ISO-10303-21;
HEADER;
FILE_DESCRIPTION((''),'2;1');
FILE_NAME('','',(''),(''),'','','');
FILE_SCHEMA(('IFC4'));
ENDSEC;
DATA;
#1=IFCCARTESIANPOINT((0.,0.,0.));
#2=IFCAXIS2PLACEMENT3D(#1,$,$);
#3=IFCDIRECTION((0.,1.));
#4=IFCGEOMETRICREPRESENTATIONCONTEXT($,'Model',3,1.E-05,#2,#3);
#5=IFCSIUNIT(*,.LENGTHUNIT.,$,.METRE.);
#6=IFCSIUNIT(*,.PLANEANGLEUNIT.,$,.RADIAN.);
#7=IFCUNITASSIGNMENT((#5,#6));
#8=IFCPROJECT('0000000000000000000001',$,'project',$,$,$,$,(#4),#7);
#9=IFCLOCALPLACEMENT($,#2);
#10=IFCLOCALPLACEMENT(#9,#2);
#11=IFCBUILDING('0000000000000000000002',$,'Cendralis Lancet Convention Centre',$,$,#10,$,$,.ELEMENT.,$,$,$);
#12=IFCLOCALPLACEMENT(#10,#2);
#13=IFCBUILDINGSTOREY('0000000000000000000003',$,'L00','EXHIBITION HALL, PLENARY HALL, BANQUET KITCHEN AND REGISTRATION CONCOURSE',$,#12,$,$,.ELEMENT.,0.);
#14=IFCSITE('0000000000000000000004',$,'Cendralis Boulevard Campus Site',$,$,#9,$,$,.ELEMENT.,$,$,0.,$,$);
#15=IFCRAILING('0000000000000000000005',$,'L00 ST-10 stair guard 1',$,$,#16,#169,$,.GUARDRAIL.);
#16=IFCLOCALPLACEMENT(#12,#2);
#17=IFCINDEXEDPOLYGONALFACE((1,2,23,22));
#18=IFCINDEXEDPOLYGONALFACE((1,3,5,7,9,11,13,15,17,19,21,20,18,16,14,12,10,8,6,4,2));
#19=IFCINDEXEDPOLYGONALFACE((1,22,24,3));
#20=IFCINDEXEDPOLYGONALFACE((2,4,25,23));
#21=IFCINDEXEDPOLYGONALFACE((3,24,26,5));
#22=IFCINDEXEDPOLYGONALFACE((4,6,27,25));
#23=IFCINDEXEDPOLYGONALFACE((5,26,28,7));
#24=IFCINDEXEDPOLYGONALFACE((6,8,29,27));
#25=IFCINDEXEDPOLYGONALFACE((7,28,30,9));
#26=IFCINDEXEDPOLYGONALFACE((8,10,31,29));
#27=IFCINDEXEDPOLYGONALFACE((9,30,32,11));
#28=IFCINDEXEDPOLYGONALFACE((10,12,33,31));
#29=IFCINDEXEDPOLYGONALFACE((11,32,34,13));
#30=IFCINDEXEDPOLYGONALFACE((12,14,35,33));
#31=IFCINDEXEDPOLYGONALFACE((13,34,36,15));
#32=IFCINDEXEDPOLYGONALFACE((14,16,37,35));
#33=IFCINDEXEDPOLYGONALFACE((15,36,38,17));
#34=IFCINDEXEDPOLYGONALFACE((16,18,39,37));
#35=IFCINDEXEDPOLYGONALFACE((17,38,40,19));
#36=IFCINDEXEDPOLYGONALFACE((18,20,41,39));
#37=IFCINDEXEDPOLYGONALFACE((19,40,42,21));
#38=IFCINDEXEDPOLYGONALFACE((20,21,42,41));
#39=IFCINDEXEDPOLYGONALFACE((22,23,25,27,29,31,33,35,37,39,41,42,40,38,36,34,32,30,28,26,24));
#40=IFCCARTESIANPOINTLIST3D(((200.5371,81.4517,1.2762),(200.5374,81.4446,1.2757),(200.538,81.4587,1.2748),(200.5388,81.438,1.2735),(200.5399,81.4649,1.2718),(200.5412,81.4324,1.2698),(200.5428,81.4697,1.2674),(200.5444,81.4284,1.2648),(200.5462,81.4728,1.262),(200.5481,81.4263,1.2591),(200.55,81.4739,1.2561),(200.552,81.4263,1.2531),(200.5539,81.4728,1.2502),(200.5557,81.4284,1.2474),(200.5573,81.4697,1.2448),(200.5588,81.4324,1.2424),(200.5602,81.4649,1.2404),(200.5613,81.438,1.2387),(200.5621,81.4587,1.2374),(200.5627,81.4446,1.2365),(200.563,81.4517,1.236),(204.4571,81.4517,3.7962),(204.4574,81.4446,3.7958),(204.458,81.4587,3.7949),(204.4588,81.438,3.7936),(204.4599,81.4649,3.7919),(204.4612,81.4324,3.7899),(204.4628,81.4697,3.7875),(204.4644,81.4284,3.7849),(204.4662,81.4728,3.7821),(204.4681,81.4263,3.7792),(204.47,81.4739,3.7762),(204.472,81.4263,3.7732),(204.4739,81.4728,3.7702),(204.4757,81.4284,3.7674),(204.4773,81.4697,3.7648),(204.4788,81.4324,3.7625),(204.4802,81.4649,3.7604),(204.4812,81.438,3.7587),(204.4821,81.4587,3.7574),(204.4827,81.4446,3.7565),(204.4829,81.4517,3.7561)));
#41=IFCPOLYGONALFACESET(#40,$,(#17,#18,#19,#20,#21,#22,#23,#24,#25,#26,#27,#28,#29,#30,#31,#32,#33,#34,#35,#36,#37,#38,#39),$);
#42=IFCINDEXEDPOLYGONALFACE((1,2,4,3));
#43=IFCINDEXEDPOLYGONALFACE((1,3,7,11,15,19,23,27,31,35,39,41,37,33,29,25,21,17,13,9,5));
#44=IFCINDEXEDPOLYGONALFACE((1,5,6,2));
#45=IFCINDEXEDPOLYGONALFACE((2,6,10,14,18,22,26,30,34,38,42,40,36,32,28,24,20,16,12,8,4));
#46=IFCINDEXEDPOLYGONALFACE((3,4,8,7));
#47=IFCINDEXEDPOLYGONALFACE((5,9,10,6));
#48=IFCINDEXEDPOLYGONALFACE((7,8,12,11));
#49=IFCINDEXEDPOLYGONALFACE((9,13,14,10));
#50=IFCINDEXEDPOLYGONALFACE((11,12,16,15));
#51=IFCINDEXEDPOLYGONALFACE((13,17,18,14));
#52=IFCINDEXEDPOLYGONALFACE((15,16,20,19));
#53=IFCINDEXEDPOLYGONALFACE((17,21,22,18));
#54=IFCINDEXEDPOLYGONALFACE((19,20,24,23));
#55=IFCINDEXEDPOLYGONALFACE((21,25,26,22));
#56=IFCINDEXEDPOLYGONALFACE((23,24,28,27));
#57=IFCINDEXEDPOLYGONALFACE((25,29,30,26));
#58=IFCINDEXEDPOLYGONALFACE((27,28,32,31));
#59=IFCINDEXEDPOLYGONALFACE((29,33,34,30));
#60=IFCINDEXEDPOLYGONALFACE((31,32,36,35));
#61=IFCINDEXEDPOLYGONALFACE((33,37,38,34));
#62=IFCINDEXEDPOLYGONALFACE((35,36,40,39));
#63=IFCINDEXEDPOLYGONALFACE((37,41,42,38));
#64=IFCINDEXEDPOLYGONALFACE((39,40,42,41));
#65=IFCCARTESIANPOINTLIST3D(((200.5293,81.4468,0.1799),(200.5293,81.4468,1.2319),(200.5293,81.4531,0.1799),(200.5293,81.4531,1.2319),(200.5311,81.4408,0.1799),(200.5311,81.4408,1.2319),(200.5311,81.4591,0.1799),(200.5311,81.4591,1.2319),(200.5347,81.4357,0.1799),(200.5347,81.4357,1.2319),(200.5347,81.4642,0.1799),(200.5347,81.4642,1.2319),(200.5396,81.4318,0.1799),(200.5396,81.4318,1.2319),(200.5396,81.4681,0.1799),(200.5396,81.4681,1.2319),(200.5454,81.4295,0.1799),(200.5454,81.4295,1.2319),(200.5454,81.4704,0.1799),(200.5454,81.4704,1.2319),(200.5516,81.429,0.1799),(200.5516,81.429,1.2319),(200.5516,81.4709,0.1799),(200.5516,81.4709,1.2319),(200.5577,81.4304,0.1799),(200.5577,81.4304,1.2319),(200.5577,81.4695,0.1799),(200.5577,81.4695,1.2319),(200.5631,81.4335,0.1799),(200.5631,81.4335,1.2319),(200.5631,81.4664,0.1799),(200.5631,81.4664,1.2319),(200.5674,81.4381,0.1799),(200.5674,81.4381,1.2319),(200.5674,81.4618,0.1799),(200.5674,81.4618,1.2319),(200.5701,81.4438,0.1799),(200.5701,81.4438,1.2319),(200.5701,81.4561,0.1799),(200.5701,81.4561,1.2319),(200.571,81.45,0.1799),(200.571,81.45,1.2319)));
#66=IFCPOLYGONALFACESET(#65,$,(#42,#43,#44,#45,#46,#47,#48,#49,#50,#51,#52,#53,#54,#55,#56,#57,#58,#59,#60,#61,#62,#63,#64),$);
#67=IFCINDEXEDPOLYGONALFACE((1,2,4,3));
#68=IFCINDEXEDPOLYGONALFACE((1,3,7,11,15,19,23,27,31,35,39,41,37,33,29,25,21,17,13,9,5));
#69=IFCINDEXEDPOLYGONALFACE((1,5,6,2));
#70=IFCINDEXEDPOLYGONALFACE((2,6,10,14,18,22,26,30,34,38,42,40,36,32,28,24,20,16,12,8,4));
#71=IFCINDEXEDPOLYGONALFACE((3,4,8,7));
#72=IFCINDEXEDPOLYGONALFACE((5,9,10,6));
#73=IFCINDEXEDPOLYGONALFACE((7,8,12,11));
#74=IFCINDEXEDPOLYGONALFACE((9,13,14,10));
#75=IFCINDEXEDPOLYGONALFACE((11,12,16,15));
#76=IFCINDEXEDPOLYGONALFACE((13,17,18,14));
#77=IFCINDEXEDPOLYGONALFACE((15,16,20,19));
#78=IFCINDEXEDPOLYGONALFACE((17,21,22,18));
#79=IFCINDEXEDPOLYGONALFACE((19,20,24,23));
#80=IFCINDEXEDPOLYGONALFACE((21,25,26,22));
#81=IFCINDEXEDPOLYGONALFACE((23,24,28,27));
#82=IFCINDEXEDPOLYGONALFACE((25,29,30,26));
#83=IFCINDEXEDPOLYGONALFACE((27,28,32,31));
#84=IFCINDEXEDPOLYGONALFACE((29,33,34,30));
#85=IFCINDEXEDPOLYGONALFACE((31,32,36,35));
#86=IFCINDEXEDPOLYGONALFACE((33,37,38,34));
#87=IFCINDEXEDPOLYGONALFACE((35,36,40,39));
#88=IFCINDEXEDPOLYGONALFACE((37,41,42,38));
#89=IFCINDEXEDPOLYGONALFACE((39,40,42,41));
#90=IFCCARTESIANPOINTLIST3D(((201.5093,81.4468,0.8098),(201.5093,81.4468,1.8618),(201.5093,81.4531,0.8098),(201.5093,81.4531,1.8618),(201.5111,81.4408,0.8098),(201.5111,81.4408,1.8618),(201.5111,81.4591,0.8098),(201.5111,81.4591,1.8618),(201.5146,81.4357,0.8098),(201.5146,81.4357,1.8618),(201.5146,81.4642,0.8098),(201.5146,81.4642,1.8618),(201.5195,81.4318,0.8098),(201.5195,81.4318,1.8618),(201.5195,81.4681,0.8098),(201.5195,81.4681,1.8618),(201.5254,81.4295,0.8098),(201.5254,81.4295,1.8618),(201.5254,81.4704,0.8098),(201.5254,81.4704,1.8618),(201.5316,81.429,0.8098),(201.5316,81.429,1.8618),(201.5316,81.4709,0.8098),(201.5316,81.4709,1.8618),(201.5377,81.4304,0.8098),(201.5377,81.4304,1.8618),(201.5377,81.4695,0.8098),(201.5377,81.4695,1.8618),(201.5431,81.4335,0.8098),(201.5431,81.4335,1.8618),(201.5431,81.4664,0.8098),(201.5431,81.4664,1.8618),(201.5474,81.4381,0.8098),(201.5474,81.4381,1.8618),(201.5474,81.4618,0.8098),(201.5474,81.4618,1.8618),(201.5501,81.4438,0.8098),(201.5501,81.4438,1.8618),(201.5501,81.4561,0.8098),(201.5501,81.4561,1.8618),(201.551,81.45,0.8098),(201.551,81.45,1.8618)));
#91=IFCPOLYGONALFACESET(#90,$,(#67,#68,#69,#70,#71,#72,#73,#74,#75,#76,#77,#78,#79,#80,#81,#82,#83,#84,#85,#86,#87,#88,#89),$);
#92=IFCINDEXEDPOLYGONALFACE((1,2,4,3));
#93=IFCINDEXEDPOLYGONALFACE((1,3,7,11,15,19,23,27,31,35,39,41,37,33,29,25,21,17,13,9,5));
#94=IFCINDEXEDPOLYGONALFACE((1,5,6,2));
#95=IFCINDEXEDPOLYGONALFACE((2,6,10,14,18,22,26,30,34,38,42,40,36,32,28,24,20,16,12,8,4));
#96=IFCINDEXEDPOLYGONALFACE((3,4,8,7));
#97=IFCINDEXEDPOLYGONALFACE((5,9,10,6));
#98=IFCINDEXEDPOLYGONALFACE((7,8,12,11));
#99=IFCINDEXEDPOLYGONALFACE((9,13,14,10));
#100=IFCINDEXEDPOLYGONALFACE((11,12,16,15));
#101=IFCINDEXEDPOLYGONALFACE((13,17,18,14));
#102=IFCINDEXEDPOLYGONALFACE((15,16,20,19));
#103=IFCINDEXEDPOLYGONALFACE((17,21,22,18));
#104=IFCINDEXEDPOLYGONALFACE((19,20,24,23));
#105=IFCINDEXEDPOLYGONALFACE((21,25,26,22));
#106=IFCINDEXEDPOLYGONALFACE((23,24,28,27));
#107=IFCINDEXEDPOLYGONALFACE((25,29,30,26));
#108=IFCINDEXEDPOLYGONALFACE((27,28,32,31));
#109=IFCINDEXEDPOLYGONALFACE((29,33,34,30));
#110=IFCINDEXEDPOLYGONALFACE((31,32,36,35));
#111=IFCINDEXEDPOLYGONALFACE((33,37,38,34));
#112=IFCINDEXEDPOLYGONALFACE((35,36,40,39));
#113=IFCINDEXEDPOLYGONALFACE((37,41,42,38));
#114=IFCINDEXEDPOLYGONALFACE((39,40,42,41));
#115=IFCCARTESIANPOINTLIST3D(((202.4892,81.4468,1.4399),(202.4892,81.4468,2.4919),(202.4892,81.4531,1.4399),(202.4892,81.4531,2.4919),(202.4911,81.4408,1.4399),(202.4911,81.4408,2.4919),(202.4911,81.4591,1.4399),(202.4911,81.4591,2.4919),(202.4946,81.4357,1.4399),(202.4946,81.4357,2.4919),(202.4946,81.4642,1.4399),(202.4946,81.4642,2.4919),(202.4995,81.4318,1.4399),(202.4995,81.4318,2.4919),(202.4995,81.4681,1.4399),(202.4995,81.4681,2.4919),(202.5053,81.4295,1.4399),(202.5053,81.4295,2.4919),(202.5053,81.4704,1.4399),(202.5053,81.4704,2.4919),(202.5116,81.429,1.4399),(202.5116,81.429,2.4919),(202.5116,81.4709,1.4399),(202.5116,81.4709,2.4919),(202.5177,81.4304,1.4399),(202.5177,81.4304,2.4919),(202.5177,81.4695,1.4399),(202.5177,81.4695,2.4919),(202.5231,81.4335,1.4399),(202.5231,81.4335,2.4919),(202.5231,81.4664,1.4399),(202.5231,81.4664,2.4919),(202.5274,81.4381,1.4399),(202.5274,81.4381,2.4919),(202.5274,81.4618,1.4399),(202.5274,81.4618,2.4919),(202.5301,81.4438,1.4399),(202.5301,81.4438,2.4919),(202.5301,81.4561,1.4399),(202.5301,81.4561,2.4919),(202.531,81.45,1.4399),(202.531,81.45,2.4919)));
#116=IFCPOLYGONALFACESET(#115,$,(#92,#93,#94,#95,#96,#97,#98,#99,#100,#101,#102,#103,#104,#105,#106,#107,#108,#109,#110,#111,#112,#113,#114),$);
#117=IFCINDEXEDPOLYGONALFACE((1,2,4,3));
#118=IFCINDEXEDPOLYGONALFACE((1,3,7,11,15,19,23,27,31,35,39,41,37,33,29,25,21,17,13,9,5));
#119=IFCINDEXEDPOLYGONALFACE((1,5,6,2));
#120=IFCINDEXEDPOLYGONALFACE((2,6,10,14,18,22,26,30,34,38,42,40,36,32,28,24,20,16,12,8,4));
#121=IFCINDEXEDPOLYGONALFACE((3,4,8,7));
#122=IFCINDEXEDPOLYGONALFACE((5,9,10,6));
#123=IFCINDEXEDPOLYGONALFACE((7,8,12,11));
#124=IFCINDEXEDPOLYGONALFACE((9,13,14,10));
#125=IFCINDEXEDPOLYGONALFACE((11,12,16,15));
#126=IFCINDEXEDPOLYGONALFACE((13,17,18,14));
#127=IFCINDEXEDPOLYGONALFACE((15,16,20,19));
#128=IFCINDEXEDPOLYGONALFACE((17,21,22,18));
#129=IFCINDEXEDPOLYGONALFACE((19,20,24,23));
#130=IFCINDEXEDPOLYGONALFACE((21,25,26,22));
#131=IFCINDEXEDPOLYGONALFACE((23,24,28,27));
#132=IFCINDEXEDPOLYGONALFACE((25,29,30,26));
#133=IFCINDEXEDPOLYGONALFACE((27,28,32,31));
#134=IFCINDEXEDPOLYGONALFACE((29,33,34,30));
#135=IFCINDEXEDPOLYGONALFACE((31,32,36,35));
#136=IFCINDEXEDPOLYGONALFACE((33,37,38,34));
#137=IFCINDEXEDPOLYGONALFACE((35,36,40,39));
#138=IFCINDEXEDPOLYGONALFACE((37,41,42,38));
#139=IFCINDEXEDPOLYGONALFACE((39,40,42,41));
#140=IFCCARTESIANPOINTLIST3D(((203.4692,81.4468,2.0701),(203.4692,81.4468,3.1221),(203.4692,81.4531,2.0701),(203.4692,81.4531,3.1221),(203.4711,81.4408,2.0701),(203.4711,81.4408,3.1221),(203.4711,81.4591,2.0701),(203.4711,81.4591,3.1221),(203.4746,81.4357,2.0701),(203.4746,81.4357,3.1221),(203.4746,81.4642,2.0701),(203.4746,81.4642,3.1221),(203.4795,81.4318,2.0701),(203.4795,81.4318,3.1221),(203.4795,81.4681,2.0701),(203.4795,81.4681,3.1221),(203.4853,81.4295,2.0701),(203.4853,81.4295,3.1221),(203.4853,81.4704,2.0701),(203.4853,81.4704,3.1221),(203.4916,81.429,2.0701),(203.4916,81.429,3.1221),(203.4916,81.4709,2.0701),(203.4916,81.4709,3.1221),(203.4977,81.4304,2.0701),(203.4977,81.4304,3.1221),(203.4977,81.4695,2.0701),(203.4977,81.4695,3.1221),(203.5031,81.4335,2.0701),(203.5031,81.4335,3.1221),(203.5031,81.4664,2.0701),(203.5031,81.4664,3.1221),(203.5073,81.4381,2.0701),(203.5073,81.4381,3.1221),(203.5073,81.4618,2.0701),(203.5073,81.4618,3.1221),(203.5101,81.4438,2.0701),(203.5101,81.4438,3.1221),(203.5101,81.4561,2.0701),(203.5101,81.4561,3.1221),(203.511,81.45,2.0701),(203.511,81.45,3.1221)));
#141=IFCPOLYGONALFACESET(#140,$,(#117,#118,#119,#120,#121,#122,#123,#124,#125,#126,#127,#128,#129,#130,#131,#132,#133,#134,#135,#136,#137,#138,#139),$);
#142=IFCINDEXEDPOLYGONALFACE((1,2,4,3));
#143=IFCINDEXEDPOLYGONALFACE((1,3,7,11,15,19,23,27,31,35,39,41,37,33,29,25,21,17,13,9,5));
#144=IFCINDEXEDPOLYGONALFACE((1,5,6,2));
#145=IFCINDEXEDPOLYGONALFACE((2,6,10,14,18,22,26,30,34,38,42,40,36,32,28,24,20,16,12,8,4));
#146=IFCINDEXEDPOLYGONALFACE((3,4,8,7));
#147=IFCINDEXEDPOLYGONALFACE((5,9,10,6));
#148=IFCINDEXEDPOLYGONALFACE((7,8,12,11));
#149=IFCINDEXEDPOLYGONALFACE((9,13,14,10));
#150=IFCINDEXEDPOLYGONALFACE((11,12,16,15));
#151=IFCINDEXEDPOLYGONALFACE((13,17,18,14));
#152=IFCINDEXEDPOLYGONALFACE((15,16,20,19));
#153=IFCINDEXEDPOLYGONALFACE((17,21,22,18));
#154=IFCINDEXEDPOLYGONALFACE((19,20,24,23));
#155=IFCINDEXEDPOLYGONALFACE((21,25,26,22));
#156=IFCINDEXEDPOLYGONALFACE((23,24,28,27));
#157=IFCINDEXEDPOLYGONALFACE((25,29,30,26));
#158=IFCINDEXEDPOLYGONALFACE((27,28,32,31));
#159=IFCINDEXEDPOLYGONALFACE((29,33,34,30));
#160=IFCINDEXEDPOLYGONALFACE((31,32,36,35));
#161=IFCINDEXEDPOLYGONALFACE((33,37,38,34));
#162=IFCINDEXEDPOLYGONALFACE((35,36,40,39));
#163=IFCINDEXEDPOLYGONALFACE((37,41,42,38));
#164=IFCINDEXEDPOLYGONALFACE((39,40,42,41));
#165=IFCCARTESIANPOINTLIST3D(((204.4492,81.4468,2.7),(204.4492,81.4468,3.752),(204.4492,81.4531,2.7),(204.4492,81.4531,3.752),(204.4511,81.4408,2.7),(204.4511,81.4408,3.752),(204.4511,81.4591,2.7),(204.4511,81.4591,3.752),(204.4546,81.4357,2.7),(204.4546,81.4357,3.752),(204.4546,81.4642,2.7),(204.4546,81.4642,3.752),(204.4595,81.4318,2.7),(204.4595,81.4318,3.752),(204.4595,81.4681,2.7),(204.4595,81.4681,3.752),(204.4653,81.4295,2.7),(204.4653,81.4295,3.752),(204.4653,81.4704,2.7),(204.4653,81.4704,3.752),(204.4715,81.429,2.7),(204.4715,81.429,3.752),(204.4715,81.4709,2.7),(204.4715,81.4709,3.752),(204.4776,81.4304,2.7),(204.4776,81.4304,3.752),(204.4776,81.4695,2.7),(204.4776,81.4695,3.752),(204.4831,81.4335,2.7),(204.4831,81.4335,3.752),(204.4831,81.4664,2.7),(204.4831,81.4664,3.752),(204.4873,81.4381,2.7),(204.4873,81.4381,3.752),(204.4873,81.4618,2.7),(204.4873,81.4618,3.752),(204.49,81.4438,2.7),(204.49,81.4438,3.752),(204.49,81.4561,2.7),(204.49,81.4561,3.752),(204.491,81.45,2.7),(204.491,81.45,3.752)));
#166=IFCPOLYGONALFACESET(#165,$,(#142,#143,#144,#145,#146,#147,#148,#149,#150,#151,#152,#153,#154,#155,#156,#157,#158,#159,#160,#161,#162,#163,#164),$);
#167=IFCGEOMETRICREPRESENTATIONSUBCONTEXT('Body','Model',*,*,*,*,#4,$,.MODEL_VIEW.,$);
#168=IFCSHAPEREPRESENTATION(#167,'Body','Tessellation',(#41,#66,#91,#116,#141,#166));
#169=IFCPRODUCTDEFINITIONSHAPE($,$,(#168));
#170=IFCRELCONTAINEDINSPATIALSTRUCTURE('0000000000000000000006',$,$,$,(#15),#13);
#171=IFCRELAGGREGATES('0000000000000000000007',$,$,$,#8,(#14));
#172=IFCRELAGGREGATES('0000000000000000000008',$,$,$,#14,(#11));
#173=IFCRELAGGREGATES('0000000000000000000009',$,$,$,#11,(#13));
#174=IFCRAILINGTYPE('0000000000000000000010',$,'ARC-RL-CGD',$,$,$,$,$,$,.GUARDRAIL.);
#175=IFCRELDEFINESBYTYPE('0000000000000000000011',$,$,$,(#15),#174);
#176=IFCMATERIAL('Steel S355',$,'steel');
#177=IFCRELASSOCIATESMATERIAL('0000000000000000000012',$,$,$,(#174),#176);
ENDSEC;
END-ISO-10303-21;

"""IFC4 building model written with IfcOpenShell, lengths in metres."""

from ifc_helpers import new_model, si_unit, direction, frame, origin, origin_2d, place, context, subcontext, project, spatial, circle, extrude, material, type_object, element, save


model = new_model("IFC4")

# Units and contexts
model_context = context("Model", 3, precision=1e-05, world=origin(), true_north=direction((0.0, 1.0)))
body_context = subcontext(model_context, "Body", "Model", "MODEL_VIEW")
ifc_project = project(units=[si_unit("LENGTHUNIT", "METRE"), si_unit("PLANEANGLEUNIT", "RADIAN")], contexts=[model_context])

# Site, building, storey
site_placement = place(None, origin())
site = spatial("IfcSite", under=ifc_project, at=site_placement, Name="Cendralis Boulevard Campus Site", CompositionType="ELEMENT", RefElevation=0.0)
building_placement = place(site_placement, origin())
building = spatial("IfcBuilding", under=site, at=building_placement, Name="Cendralis Lancet Convention Centre", CompositionType="ELEMENT")
storey_placement = place(building_placement, origin())
storey = spatial("IfcBuildingStorey", under=building, at=storey_placement, Name="L00", Description="EXHIBITION HALL, PLENARY HALL, BANQUET KITCHEN AND REGISTRATION CONCOURSE", CompositionType="ELEMENT", Elevation=0.0)

# Shared definitions
ifc_material_1 = material(Name="Steel S355", Category="steel")

# Railing
railing_type_1 = type_object("IfcRailingType", Name="ARC-RL-CGD", PredefinedType="GUARDRAIL", material=ifc_material_1)
railing_1_placement = place(storey_placement, frame((200.55, 81.45, 0.1799)))
element("IfcRailing", 1, at=railing_1_placement, inside=storey, type_object=railing_type_1, Name="L00 ST-10 stair guard 1", PredefinedType="GUARDRAIL", context=body_context, shape_type="SweptSolid", body=[
    extrude(circle(Radius=0.0239, at=origin_2d()), frame((0.0, 0.0, 1.0762), z_axis=(0.841172, 0.0, 0.540768), x_axis=(0.0, 1.0, 0.0)), (0.0, 0.0, 1.0), 4.6602),
    extrude(circle(Radius=0.021, at=origin_2d()), origin(), (0.0, 0.0, 1.0), 1.052),
    extrude(circle(Radius=0.021, at=origin_2d()), frame((0.98, 0.0, 0.6299)), (0.0, 0.0, 1.0), 1.052),
    extrude(circle(Radius=0.021, at=origin_2d()), frame((1.96, 0.0, 1.26)), (0.0, 0.0, 1.0), 1.052),
    extrude(circle(Radius=0.021, at=origin_2d()), frame((2.9399, 0.0, 1.8901)), (0.0, 0.0, 1.0), 1.052),
    extrude(circle(Radius=0.021, at=origin_2d()), frame((3.9199, 0.0, 2.52)), (0.0, 0.0, 1.0), 1.052),
])

save(model, "model.ifc")
